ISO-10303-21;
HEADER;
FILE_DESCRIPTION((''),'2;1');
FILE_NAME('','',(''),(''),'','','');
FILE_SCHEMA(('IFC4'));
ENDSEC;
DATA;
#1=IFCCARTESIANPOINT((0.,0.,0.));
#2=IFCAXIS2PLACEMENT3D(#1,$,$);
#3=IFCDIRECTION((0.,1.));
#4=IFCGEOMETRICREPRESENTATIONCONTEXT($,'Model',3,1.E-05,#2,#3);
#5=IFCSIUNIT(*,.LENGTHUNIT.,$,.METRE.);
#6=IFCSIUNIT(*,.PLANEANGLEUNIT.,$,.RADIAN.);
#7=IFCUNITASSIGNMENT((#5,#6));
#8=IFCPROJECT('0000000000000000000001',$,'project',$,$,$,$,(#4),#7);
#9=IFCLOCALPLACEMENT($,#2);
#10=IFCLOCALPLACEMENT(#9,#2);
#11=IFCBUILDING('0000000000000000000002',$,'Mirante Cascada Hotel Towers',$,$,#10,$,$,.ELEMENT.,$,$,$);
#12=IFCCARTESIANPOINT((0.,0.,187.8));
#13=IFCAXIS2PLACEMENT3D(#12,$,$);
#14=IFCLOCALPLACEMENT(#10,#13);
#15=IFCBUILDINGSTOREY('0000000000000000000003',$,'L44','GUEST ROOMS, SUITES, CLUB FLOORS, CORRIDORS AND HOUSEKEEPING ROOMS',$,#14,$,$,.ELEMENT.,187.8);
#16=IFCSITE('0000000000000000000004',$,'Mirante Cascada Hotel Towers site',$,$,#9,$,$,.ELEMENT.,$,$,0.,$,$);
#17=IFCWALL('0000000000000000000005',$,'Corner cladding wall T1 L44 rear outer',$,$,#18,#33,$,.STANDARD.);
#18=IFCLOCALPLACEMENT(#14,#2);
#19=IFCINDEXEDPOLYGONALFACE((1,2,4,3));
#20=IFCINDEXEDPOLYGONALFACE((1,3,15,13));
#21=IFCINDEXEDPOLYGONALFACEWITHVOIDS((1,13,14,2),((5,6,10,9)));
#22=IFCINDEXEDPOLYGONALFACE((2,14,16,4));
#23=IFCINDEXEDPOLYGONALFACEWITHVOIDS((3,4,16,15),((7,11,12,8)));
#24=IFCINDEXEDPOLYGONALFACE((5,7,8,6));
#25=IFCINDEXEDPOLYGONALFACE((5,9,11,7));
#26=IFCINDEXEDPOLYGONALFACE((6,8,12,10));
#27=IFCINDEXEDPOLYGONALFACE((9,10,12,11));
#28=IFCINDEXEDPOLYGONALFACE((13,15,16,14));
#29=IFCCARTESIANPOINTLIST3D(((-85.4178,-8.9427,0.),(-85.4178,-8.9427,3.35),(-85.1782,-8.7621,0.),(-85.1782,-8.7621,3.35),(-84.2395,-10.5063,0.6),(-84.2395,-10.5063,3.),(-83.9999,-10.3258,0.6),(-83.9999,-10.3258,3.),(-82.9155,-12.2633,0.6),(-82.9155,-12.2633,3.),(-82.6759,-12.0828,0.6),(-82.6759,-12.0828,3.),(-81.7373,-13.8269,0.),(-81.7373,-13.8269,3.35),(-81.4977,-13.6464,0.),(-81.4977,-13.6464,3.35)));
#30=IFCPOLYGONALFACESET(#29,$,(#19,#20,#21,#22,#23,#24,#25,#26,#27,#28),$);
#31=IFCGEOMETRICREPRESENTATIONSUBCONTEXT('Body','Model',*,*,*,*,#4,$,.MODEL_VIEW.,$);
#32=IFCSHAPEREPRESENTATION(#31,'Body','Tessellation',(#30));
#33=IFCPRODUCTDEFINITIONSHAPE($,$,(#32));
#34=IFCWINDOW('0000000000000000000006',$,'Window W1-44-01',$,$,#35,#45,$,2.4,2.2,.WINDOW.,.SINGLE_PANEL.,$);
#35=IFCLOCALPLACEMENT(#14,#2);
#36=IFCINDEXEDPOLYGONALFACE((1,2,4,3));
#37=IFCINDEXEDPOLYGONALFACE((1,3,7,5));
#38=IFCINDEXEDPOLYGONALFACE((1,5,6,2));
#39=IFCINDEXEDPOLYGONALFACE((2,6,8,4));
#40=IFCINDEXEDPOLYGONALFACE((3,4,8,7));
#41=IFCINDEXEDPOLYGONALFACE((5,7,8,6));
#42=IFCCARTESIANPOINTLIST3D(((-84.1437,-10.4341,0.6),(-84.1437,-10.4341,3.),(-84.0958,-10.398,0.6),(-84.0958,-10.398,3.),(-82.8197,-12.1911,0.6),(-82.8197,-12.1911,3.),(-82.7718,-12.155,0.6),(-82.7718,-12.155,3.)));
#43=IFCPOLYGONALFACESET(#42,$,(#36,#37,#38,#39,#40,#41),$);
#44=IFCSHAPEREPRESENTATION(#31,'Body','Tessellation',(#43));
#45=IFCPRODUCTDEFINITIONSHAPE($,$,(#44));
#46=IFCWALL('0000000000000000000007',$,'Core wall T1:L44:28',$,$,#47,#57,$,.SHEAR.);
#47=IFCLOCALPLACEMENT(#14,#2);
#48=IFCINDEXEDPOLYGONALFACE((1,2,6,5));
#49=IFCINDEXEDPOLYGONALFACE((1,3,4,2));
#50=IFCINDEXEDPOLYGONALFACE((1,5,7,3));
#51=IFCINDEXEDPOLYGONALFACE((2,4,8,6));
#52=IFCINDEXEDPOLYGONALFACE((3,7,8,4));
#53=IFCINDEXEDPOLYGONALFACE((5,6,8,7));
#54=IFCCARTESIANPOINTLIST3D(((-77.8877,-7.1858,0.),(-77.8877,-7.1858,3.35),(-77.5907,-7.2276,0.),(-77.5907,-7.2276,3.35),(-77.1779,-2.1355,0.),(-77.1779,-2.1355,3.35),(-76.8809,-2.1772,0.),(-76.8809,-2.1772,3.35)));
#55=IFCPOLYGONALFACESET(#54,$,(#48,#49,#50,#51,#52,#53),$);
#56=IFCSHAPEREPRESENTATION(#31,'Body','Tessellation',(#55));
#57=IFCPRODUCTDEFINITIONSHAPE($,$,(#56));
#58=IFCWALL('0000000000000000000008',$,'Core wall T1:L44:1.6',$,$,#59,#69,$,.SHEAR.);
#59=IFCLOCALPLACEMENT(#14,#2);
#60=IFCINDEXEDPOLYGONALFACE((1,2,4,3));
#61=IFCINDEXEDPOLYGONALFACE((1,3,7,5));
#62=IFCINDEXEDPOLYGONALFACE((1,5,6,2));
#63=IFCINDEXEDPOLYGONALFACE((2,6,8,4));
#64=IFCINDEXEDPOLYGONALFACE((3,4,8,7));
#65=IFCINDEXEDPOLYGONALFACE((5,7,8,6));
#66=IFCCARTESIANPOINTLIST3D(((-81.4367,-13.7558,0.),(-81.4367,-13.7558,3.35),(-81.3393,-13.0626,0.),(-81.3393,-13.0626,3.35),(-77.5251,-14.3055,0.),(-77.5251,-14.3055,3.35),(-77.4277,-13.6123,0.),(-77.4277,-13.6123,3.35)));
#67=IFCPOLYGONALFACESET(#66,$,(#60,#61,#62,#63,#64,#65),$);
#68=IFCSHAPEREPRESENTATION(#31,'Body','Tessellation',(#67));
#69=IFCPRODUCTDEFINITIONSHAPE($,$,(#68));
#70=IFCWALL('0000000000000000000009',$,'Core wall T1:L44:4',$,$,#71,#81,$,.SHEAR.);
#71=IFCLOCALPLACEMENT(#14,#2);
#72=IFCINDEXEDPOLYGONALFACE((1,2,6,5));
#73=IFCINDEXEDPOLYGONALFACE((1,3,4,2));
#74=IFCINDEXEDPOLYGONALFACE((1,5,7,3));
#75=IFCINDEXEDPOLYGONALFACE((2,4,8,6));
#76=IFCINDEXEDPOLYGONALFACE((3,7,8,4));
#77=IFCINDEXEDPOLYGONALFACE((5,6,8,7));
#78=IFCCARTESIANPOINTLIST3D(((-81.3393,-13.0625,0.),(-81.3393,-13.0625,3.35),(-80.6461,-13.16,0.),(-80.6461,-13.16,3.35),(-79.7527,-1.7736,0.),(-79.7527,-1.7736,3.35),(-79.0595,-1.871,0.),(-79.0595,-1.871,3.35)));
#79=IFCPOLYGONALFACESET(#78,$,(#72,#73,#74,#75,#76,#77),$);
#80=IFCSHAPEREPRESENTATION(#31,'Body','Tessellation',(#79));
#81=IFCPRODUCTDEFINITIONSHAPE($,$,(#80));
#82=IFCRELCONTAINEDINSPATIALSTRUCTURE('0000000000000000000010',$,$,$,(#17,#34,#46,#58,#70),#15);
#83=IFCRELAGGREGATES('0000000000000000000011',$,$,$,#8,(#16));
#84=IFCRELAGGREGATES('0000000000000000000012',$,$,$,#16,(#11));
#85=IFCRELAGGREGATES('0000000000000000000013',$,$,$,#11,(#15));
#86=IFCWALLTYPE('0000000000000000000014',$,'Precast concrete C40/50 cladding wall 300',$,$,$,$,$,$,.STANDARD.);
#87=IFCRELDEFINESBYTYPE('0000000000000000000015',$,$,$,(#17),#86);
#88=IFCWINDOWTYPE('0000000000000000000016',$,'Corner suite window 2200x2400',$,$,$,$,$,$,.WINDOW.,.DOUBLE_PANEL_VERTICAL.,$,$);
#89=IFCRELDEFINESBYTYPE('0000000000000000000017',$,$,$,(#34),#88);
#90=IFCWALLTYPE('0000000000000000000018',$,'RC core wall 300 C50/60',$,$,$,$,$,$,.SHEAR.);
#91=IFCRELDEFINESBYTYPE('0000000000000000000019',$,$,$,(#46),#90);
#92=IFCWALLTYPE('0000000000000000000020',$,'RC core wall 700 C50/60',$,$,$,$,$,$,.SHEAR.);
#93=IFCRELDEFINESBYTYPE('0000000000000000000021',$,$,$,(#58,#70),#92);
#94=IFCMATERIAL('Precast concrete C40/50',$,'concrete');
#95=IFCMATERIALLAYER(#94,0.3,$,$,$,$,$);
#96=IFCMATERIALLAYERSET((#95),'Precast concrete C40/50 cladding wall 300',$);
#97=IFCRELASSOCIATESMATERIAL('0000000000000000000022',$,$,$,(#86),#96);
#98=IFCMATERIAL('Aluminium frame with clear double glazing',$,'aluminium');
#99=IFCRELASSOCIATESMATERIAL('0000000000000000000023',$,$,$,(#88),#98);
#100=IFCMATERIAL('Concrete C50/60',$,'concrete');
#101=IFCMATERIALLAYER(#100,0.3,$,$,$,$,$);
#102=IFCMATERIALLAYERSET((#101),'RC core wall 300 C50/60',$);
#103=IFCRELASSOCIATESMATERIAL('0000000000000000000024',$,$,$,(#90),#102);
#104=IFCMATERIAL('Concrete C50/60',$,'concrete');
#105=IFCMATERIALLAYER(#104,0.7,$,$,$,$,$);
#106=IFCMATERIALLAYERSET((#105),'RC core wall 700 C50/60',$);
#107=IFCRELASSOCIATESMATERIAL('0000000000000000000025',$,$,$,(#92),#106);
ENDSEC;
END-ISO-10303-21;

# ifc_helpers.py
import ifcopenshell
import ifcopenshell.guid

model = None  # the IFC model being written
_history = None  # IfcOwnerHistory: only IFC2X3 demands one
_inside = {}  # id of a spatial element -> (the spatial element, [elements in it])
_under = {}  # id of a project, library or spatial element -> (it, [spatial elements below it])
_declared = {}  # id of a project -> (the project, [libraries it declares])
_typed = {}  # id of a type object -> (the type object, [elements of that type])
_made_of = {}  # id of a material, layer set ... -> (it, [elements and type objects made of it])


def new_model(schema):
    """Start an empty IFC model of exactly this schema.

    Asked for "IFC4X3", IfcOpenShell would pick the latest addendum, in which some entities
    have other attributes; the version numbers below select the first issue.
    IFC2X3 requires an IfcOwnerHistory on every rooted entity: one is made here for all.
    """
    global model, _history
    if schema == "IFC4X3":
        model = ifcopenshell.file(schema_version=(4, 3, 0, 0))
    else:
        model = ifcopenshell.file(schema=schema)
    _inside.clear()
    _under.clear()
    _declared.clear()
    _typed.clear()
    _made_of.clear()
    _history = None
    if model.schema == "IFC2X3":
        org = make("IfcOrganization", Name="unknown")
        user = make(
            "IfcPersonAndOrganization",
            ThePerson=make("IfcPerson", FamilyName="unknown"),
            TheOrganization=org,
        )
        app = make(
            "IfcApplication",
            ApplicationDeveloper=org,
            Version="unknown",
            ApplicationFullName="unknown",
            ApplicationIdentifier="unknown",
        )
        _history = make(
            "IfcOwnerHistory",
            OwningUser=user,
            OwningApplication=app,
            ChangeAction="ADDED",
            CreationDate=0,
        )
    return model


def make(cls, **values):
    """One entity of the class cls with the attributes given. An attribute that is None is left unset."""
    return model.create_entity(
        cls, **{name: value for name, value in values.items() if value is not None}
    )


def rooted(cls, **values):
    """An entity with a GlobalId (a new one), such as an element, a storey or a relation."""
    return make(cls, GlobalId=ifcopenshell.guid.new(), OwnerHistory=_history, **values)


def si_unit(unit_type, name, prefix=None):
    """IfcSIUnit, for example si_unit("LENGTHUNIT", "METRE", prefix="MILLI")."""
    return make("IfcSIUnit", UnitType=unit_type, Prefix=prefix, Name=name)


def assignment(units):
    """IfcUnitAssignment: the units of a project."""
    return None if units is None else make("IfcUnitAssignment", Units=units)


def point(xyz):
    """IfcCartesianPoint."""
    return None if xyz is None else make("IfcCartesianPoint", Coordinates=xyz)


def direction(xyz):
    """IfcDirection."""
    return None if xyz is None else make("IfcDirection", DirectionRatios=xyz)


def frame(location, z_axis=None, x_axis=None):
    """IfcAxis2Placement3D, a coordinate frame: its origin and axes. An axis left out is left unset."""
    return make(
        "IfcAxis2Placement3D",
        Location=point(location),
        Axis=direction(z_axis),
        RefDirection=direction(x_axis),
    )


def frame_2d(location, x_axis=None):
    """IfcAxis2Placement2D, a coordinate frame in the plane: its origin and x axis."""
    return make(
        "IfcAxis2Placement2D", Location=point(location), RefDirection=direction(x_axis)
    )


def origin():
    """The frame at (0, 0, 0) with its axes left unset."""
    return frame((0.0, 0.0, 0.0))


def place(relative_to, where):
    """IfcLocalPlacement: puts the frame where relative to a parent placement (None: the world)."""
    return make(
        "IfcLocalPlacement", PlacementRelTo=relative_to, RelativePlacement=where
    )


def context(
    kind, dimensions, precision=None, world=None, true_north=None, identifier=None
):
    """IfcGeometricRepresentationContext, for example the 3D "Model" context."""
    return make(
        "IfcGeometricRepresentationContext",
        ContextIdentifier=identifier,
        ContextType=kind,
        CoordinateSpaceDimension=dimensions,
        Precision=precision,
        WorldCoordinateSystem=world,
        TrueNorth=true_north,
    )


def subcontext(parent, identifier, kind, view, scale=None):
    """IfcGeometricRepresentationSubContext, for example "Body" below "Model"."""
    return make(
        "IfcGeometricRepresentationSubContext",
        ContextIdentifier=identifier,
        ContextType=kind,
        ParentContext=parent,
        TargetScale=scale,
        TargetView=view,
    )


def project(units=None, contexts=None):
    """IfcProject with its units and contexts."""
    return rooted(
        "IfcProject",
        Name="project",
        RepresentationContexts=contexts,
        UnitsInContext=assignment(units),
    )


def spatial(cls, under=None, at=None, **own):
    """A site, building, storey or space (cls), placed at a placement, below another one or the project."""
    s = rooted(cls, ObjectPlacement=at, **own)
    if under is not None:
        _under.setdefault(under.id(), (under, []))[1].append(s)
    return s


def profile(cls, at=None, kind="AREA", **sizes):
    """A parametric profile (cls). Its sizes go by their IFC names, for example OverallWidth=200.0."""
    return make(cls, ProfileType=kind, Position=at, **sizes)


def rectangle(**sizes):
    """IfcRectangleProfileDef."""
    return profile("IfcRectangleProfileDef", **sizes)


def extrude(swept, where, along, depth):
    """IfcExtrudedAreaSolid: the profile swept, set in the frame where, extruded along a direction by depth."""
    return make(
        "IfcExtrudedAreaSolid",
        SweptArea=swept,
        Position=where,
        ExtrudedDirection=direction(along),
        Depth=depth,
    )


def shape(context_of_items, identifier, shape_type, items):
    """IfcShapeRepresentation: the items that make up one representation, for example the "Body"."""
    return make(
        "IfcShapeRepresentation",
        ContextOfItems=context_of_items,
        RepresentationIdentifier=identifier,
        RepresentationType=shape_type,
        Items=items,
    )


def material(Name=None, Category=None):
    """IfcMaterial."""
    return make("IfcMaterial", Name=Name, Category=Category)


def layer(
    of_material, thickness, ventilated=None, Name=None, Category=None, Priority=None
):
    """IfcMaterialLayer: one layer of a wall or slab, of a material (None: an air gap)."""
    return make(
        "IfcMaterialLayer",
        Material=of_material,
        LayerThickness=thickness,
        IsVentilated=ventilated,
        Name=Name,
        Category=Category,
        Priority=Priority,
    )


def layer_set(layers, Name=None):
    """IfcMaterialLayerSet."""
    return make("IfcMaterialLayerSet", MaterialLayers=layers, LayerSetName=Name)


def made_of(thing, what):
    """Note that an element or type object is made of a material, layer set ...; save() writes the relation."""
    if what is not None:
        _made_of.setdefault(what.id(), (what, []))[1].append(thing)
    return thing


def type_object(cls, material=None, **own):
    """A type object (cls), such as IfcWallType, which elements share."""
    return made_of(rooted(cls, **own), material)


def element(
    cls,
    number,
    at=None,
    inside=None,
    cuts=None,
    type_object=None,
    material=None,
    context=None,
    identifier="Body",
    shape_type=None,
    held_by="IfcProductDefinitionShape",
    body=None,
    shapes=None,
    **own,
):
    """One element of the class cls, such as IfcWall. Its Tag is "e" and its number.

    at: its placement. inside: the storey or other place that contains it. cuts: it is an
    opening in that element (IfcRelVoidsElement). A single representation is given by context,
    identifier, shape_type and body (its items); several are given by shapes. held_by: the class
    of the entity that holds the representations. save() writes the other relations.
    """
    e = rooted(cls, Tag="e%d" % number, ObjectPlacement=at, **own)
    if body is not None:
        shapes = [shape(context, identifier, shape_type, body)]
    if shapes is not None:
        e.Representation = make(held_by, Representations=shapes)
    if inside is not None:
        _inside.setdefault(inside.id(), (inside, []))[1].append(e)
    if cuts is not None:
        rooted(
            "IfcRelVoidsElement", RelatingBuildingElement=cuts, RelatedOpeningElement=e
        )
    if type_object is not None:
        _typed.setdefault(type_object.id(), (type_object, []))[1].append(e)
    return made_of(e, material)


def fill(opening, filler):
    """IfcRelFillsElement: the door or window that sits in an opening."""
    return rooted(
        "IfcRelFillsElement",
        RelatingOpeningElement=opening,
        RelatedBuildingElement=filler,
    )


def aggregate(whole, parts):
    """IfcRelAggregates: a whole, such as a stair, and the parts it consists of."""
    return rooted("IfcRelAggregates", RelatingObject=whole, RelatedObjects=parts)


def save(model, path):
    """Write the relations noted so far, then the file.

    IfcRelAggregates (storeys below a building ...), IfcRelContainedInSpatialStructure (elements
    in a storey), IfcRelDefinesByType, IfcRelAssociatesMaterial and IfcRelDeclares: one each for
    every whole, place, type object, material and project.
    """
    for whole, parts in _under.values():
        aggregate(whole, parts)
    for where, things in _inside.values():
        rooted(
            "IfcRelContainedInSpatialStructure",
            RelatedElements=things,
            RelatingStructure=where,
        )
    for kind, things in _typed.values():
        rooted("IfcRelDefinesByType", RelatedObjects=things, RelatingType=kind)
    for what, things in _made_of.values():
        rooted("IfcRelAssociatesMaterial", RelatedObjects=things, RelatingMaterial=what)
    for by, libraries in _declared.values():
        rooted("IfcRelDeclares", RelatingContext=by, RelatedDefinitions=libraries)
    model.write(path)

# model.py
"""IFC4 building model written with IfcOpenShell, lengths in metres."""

from ifc_helpers import new_model, si_unit, direction, frame, frame_2d, origin, place, context, subcontext, project, spatial, rectangle, extrude, material, layer, layer_set, type_object, element, fill, save


model = new_model("IFC4")

# Units and contexts
model_context = context("Model", 3, precision=1e-05, world=origin(), true_north=direction((0.0, 1.0)))
body_context = subcontext(model_context, "Body", "Model", "MODEL_VIEW")
ifc_project = project(units=[si_unit("LENGTHUNIT", "METRE"), si_unit("PLANEANGLEUNIT", "RADIAN")], contexts=[model_context])

# Site, building, storey
site_placement = place(None, origin())
site = spatial("IfcSite", under=ifc_project, at=site_placement, Name="Mirante Cascada Hotel Towers site", CompositionType="ELEMENT", RefElevation=0.0)
building_placement = place(site_placement, origin())
building = spatial("IfcBuilding", under=site, at=building_placement, Name="Mirante Cascada Hotel Towers", CompositionType="ELEMENT")
storey_placement = place(building_placement, frame((0.0, 0.0, 187.8)))
storey = spatial("IfcBuildingStorey", under=building, at=storey_placement, Name="L44", Description="GUEST ROOMS, SUITES, CLUB FLOORS, CORRIDORS AND HOUSEKEEPING ROOMS", CompositionType="ELEMENT", Elevation=187.8)

# Wall, opening, window
ifc_material_1 = material(Name="Precast concrete C40/50", Category="concrete")
ifc_layer_1 = layer(ifc_material_1, 0.3)
ifc_layer_set_1 = layer_set([ifc_layer_1], Name="Precast concrete C40/50 cladding wall 300")
wall_type_1 = type_object("IfcWallType", Name="Precast concrete C40/50 cladding wall 300", PredefinedType="STANDARD", material=ifc_layer_set_1)
wall_1_placement = place(storey_placement, frame((-81.6175, -13.7366, 0.0), z_axis=(0.0, 0.0, 1.0), x_axis=(-0.601814, 0.798636, 0.0)))
wall_1 = element("IfcWall", 1, at=wall_1_placement, inside=storey, type_object=wall_type_1, Name="Corner cladding wall T1 L44 rear outer", PredefinedType="STANDARD", context=body_context, shape_type="SweptSolid", body=[
    extrude(rectangle(XDim=6.1157, YDim=0.3, at=frame_2d((3.0578, 0.0))), origin(), (0.0, 0.0, 1.0), 3.35),
])
opening_1_placement = place(wall_1_placement, frame((1.9578, 0.0, 0.6)))
opening_1 = element("IfcOpeningElement", 2, at=opening_1_placement, cuts=wall_1, PredefinedType="OPENING", context=body_context, shape_type="SweptSolid", body=[
    extrude(rectangle(XDim=2.2, YDim=2.4, at=frame_2d((1.1, 1.2))), frame((0.0, 0.15, 0.0), z_axis=(0.0, -1.0, 0.0), x_axis=(1.0, 0.0, 0.0)), (0.0, 0.0, 1.0), 0.3),
])
ifc_material_2 = material(Name="Aluminium frame with clear double glazing", Category="aluminium")
window_type = type_object("IfcWindowType", Name="Corner suite window 2200x2400", PartitioningType="DOUBLE_PANEL_VERTICAL", PredefinedType="WINDOW", material=ifc_material_2)
window_placement = place(opening_1_placement, origin())
window = element("IfcWindow", 3, at=window_placement, inside=storey, type_object=window_type, Name="Window W1-44-01", OverallHeight=2.4, OverallWidth=2.2, PartitioningType="SINGLE_PANEL", PredefinedType="WINDOW", context=body_context, shape_type="SweptSolid", body=[
    extrude(rectangle(XDim=2.2, YDim=2.4, at=frame_2d((1.1, 1.2))), frame((0.0, 0.03, 0.0), z_axis=(0.0, -1.0, 0.0), x_axis=(1.0, 0.0, 0.0)), (0.0, 0.0, 1.0), 0.06),
])
fill(opening_1, window)

# Walls
ifc_material_3 = material(Name="Concrete C50/60", Category="concrete")
ifc_layer_2 = layer(ifc_material_3, 0.3)
ifc_layer_set_2 = layer_set([ifc_layer_2], Name="RC core wall 300 C50/60")
wall_type_2 = type_object("IfcWallType", Name="RC core wall 300 C50/60", PredefinedType="SHEAR", material=ifc_layer_set_2)
wall_2_placement = place(storey_placement, frame((-77.7392, -7.2067, 0.0), z_axis=(0.0, 0.0, 1.0), x_axis=(0.139176, 0.990268, 0.0)))
element("IfcWall", 4, at=wall_2_placement, inside=storey, type_object=wall_type_2, Name="Core wall T1:L44:28", PredefinedType="SHEAR", context=body_context, shape_type="SweptSolid", body=[
    extrude(rectangle(XDim=5.1, YDim=0.3, at=frame_2d((2.55, 0.0))), origin(), (0.0, 0.0, 1.0), 3.35),
])
ifc_material_4 = material(Name="Concrete C50/60", Category="concrete")
ifc_layer_3 = layer(ifc_material_4, 0.7)
ifc_layer_set_3 = layer_set([ifc_layer_3], Name="RC core wall 700 C50/60")
wall_type_3 = type_object("IfcWallType", Name="RC core wall 700 C50/60", PredefinedType="SHEAR", material=ifc_layer_set_3)
wall_3_placement = place(storey_placement, frame((-77.4764, -13.9589, 0.0), z_axis=(0.0, 0.0, 1.0), x_axis=(-0.990269, 0.139163, 0.0)))
element("IfcWall", 5, at=wall_3_placement, inside=storey, type_object=wall_type_3, Name="Core wall T1:L44:1.6", PredefinedType="SHEAR", context=body_context, shape_type="SweptSolid", body=[
    extrude(rectangle(XDim=3.95, YDim=0.7, at=frame_2d((1.975, 0.0))), origin(), (0.0, 0.0, 1.0), 3.35),
])
wall_4_placement = place(storey_placement, frame((-80.9927, -13.1113, 0.0), z_axis=(0.0, 0.0, 1.0), x_axis=(0.139176, 0.990268, 0.0)))
element("IfcWall", 6, at=wall_4_placement, inside=storey, type_object=wall_type_3, Name="Core wall T1:L44:4", PredefinedType="SHEAR", context=body_context, shape_type="SweptSolid", body=[
    extrude(rectangle(XDim=11.3999, YDim=0.7, at=frame_2d((5.7, 0.0))), origin(), (0.0, 0.0, 1.0), 3.35),
])

save(model, "model.ifc")
